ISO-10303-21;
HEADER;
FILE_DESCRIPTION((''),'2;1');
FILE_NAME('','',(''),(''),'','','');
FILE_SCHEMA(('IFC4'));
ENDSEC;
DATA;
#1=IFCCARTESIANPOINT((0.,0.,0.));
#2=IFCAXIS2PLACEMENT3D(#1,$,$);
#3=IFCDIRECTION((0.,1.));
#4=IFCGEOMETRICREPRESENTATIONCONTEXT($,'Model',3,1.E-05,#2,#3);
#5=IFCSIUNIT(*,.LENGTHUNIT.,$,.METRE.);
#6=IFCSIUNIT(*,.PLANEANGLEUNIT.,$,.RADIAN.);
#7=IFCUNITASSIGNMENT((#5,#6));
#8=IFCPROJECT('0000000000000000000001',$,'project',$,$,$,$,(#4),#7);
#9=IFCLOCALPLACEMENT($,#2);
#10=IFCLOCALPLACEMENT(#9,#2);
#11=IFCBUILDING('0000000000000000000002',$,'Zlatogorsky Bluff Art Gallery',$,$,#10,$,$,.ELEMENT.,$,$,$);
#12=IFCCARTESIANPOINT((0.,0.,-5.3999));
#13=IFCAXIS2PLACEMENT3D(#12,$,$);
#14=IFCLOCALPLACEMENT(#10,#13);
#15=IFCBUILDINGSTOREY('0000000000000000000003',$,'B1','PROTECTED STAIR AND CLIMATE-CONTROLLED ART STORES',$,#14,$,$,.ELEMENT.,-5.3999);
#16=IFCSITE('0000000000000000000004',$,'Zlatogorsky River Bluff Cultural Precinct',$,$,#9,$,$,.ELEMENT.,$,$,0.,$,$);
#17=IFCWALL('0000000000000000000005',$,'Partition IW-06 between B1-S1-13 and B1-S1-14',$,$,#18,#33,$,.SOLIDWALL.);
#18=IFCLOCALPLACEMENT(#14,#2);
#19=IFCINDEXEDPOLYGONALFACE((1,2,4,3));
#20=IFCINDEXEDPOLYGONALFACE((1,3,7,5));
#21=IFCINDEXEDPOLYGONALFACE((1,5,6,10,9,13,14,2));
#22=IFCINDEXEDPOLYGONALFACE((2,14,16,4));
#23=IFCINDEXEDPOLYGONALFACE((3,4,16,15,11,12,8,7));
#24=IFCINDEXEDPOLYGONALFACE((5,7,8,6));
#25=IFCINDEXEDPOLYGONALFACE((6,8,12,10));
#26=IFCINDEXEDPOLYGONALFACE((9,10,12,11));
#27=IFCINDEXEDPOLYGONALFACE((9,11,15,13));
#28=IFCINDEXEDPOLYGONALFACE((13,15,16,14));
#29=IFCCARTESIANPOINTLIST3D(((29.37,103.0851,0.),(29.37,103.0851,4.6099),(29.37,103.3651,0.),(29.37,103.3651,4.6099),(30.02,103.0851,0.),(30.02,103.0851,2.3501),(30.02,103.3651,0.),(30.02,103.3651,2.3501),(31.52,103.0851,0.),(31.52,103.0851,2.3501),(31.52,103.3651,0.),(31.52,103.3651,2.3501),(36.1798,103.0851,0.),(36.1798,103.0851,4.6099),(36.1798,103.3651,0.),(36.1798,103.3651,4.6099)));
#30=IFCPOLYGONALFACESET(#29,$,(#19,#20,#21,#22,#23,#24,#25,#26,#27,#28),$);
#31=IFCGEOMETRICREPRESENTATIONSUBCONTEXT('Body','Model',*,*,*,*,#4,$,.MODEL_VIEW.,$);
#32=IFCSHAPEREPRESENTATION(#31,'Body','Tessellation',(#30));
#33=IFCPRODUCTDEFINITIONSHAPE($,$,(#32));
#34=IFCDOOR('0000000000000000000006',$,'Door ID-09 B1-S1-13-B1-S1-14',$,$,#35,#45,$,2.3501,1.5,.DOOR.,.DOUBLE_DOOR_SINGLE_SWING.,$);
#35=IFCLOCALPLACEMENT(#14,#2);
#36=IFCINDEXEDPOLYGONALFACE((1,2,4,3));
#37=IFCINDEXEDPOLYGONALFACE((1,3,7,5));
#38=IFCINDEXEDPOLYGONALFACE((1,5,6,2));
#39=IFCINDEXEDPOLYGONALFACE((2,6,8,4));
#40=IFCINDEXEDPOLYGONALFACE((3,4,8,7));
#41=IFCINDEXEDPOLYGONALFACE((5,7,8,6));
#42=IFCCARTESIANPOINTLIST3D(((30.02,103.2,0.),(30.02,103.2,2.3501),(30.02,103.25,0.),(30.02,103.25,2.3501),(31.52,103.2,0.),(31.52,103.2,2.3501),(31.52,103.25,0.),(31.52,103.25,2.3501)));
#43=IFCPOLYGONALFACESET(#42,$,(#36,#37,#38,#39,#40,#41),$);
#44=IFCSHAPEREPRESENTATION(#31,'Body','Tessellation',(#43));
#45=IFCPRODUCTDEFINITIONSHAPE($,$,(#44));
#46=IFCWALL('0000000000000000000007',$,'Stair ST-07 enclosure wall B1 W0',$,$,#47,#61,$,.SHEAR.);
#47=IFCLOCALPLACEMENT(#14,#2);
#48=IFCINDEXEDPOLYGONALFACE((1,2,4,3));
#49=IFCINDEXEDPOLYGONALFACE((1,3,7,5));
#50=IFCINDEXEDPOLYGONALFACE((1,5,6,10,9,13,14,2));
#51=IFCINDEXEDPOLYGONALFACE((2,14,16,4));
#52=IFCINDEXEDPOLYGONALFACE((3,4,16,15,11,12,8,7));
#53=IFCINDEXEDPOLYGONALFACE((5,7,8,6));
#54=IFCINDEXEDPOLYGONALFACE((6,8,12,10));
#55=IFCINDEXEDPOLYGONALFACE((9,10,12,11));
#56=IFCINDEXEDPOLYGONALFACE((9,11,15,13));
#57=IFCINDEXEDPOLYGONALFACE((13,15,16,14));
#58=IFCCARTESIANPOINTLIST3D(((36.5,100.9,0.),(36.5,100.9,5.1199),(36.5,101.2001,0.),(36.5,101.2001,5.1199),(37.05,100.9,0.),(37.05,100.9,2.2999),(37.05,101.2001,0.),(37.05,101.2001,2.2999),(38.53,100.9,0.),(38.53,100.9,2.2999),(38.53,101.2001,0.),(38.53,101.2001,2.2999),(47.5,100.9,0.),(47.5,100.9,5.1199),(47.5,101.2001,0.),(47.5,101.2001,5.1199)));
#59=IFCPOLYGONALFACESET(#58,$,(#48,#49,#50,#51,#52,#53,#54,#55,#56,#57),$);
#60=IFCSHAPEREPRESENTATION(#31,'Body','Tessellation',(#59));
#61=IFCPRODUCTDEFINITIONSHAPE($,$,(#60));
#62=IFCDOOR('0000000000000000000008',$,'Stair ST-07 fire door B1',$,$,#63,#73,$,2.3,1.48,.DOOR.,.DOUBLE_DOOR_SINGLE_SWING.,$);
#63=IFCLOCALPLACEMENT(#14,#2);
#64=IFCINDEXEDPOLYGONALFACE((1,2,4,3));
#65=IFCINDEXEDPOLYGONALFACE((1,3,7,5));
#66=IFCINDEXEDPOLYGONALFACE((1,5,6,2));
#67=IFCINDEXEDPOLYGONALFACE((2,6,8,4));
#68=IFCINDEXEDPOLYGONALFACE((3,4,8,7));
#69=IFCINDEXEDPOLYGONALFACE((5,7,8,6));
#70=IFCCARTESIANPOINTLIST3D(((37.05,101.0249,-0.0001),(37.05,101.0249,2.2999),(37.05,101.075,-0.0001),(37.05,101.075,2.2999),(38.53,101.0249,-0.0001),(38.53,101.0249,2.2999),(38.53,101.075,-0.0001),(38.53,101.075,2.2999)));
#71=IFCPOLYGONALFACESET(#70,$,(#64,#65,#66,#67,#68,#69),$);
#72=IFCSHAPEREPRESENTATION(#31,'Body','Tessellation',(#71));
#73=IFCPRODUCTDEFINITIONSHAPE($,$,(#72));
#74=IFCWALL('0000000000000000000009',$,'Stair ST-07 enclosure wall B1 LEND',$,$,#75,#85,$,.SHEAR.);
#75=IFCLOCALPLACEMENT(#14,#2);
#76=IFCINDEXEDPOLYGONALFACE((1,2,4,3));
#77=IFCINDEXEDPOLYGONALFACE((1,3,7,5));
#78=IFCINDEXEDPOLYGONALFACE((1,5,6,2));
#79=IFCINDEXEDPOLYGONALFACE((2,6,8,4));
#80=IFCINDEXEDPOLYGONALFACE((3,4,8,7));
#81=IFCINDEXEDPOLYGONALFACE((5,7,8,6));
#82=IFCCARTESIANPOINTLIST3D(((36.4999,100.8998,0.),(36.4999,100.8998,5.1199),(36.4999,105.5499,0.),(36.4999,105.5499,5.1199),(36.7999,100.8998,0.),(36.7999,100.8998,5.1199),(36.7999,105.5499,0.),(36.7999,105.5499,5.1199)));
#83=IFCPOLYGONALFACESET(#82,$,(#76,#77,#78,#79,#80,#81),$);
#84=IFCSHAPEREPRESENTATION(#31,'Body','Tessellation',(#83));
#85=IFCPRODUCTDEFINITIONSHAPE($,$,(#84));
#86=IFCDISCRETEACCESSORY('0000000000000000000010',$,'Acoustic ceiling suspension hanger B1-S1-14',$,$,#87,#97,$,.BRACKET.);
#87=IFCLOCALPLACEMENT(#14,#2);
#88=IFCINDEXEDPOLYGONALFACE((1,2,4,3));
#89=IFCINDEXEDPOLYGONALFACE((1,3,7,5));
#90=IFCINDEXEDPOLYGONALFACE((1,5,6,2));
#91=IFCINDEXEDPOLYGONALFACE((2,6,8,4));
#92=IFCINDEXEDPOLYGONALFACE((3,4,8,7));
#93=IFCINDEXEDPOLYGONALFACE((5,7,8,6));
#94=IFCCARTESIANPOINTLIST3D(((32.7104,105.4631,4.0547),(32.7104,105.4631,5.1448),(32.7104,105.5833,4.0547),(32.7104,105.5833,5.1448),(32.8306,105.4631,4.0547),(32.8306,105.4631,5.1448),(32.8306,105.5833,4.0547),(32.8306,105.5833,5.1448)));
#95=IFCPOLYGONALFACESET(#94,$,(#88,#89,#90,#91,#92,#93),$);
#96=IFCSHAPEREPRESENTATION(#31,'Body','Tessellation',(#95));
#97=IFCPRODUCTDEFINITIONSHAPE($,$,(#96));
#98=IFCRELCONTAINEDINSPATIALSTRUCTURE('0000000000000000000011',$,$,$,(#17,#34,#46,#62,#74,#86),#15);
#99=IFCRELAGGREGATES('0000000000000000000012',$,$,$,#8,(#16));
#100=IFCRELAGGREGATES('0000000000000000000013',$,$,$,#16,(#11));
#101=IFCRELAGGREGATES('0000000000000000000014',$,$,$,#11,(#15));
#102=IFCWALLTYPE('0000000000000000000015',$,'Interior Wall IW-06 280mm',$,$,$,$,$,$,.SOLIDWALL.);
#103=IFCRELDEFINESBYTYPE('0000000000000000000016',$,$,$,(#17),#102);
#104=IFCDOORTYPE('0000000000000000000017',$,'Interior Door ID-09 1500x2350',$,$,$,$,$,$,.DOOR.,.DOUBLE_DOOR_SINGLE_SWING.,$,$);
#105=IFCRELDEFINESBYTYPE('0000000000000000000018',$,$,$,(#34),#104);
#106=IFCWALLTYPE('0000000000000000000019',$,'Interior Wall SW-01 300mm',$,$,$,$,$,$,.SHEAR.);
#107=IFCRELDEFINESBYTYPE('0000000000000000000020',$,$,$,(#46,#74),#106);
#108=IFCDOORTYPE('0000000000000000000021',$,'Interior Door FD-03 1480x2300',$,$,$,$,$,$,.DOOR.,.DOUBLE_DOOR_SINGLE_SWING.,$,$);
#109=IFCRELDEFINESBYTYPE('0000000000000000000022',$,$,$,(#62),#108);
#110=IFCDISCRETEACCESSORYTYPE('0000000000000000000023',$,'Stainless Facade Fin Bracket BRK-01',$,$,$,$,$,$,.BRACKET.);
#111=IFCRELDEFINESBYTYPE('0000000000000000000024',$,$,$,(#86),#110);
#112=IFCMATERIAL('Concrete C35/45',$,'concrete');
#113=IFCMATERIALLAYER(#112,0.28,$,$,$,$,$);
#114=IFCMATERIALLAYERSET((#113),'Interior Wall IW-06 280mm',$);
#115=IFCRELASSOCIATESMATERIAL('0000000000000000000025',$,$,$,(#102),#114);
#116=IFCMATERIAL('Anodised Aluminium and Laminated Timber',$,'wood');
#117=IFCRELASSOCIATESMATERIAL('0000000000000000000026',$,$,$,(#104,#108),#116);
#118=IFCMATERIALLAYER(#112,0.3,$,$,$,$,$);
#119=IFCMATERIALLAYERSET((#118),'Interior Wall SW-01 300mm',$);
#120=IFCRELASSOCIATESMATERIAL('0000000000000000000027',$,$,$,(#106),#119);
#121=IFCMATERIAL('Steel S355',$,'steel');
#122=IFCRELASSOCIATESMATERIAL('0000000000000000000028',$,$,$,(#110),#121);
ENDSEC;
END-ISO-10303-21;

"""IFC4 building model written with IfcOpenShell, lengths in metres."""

from ifc_helpers import new_model, si_unit, direction, frame, frame_2d, origin, origin_2d, place, context, subcontext, project, spatial, rectangle, extrude, material, layer, layer_set, type_object, element, fill, save


model = new_model("IFC4")

# Units and contexts
model_context = context("Model", 3, precision=1e-05, world=origin(), true_north=direction((0.0, 1.0)))
body_context = subcontext(model_context, "Body", "Model", "MODEL_VIEW")
ifc_project = project(units=[si_unit("LENGTHUNIT", "METRE"), si_unit("PLANEANGLEUNIT", "RADIAN")], contexts=[model_context])

# Site, building, storey
site_placement = place(None, origin())
site = spatial("IfcSite", under=ifc_project, at=site_placement, Name="Zlatogorsky River Bluff Cultural Precinct", CompositionType="ELEMENT", RefElevation=0.0)
building_placement = place(site_placement, origin())
building = spatial("IfcBuilding", under=site, at=building_placement, Name="Zlatogorsky Bluff Art Gallery", CompositionType="ELEMENT")
storey_placement = place(building_placement, frame((0.0, 0.0, -5.3999)))
storey = spatial("IfcBuildingStorey", under=building, at=storey_placement, Name="B1", Description="PROTECTED STAIR AND CLIMATE-CONTROLLED ART STORES", CompositionType="ELEMENT", Elevation=-5.3999)

# Shared definitions
ifc_material_1 = material(Name="Concrete C35/45", Category="concrete")

# Shared definitions
ifc_material_2 = material(Name="Steel S355", Category="steel")

# Walls, openings, doors
ifc_material_3 = material(Name="Anodised Aluminium and Laminated Timber", Category="wood")
ifc_layer_1 = layer(ifc_material_1, 0.28)
ifc_layer_set_1 = layer_set([ifc_layer_1], Name="Interior Wall IW-06 280mm")
wall_type_1 = type_object("IfcWallType", Name="Interior Wall IW-06 280mm", PredefinedType="SOLIDWALL", material=ifc_layer_set_1)
wall_1_placement = place(storey_placement, frame((29.3701, 103.2251, 0.0), z_axis=(0.0, 0.0, 1.0), x_axis=(1.0, 0.0, 0.0)))
wall_1 = element("IfcWall", 1, at=wall_1_placement, inside=storey, type_object=wall_type_1, Name="Partition IW-06 between B1-S1-13 and B1-S1-14", PredefinedType="SOLIDWALL", context=body_context, shape_type="SweptSolid", body=[
    extrude(rectangle(XDim=6.8098, YDim=0.28, at=frame_2d((3.4048, 0.0))), origin(), (0.0, 0.0, 1.0), 4.6099),
])
opening_1_placement = place(wall_1_placement, frame((0.6499, 0.0, 0.0)))
opening_1 = element("IfcOpeningElement", 2, at=opening_1_placement, cuts=wall_1, PredefinedType="OPENING", context=body_context, shape_type="SweptSolid", body=[
    extrude(rectangle(XDim=1.5, YDim=2.3501, at=frame_2d((0.75, 1.175))), frame((0.0, 0.1499, 0.0), z_axis=(0.0, -1.0, 0.0), x_axis=(1.0, 0.0, 0.0)), (0.0, 0.0, 1.0), 0.3),
])
door_type_1 = type_object("IfcDoorType", Name="Interior Door ID-09 1500x2350", OperationType="DOUBLE_DOOR_SINGLE_SWING", PredefinedType="DOOR", material=ifc_material_3)
door_1_placement = place(opening_1_placement, origin())
door_1 = element("IfcDoor", 3, at=door_1_placement, inside=storey, type_object=door_type_1, Name="Door ID-09 B1-S1-13-B1-S1-14", OperationType="DOUBLE_DOOR_SINGLE_SWING", OverallHeight=2.3501, OverallWidth=1.5, PredefinedType="DOOR", context=body_context, shape_type="SweptSolid", body=[
    extrude(rectangle(XDim=1.5, YDim=2.3501, at=frame_2d((0.75, 1.175))), frame((0.0, 0.0249, 0.0), z_axis=(0.0, -1.0, 0.0), x_axis=(1.0, 0.0, 0.0)), (0.0, 0.0, 1.0), 0.05),
])
fill(opening_1, door_1)
ifc_layer_2 = layer(ifc_material_1, 0.3)
ifc_layer_set_2 = layer_set([ifc_layer_2], Name="Interior Wall SW-01 300mm")
wall_type_2 = type_object("IfcWallType", Name="Interior Wall SW-01 300mm", PredefinedType="SHEAR", material=ifc_layer_set_2)
wall_2_placement = place(storey_placement, frame((36.5, 101.05, 0.0), z_axis=(0.0, 0.0, 1.0), x_axis=(1.0, 0.0, 0.0)))
wall_2 = element("IfcWall", 4, at=wall_2_placement, inside=storey, type_object=wall_type_2, Name="Stair ST-07 enclosure wall B1 W0", PredefinedType="SHEAR", context=body_context, shape_type="SweptSolid", body=[
    extrude(rectangle(XDim=11.0, YDim=0.3, at=frame_2d((5.5, 0.0))), origin(), (0.0, 0.0, 1.0), 5.1199),
])
opening_2_placement = place(wall_2_placement, frame((0.55, 0.0, 0.0)))
opening_2 = element("IfcOpeningElement", 5, at=opening_2_placement, cuts=wall_2, PredefinedType="OPENING", context=body_context, shape_type="SweptSolid", body=[
    extrude(rectangle(XDim=1.48, YDim=2.3, at=frame_2d((0.74, 1.1499))), frame((0.0, 0.1599, 0.0), z_axis=(0.0, -1.0, 0.0), x_axis=(1.0, 0.0, 0.0)), (0.0, 0.0, 1.0), 0.3201),
])
door_type_2 = type_object("IfcDoorType", Name="Interior Door FD-03 1480x2300", OperationType="DOUBLE_DOOR_SINGLE_SWING", PredefinedType="DOOR", material=ifc_material_3)
door_2_placement = place(opening_2_placement, origin())
door_2 = element("IfcDoor", 6, at=door_2_placement, inside=storey, type_object=door_type_2, Name="Stair ST-07 fire door B1", OperationType="DOUBLE_DOOR_SINGLE_SWING", OverallHeight=2.3, OverallWidth=1.48, PredefinedType="DOOR", context=body_context, shape_type="SweptSolid", body=[
    extrude(rectangle(XDim=1.48, YDim=2.3, at=frame_2d((0.74, 1.1499))), frame((0.0, 0.0249, 0.0), z_axis=(0.0, -1.0, 0.0), x_axis=(1.0, 0.0, 0.0)), (0.0, 0.0, 1.0), 0.05),
])
fill(opening_2, door_2)

# Wall
wall_3_placement = place(storey_placement, frame((36.6499, 105.55, 0.0), z_axis=(0.0, 0.0, 1.0), x_axis=(0.0, -1.0, 0.0)))
element("IfcWall", 7, at=wall_3_placement, inside=storey, type_object=wall_type_2, Name="Stair ST-07 enclosure wall B1 LEND", PredefinedType="SHEAR", context=body_context, shape_type="SweptSolid", body=[
    extrude(rectangle(XDim=4.6501, YDim=0.3, at=frame_2d((2.3252, 0.0))), origin(), (0.0, 0.0, 1.0), 5.1199),
])

# Discrete accessory
discrete_accessory_type = type_object("IfcDiscreteAccessoryType", Name="Stainless Facade Fin Bracket BRK-01", PredefinedType="BRACKET", material=ifc_material_2)
discrete_accessory_placement = place(storey_placement, frame((32.7705, 105.5232, 4.0547), z_axis=(0.0, 0.0, 1.0), x_axis=(1.0, 0.0, 0.0)))
element("IfcDiscreteAccessory", 8, at=discrete_accessory_placement, inside=storey, type_object=discrete_accessory_type, Name="Acoustic ceiling suspension hanger B1-S1-14", PredefinedType="BRACKET", context=body_context, shape_type="SweptSolid", body=[
    extrude(rectangle(XDim=0.1201, YDim=0.1201, at=origin_2d()), origin(), (0.0, 0.0, 1.0), 1.0901),
])

save(model, "model.ifc")
